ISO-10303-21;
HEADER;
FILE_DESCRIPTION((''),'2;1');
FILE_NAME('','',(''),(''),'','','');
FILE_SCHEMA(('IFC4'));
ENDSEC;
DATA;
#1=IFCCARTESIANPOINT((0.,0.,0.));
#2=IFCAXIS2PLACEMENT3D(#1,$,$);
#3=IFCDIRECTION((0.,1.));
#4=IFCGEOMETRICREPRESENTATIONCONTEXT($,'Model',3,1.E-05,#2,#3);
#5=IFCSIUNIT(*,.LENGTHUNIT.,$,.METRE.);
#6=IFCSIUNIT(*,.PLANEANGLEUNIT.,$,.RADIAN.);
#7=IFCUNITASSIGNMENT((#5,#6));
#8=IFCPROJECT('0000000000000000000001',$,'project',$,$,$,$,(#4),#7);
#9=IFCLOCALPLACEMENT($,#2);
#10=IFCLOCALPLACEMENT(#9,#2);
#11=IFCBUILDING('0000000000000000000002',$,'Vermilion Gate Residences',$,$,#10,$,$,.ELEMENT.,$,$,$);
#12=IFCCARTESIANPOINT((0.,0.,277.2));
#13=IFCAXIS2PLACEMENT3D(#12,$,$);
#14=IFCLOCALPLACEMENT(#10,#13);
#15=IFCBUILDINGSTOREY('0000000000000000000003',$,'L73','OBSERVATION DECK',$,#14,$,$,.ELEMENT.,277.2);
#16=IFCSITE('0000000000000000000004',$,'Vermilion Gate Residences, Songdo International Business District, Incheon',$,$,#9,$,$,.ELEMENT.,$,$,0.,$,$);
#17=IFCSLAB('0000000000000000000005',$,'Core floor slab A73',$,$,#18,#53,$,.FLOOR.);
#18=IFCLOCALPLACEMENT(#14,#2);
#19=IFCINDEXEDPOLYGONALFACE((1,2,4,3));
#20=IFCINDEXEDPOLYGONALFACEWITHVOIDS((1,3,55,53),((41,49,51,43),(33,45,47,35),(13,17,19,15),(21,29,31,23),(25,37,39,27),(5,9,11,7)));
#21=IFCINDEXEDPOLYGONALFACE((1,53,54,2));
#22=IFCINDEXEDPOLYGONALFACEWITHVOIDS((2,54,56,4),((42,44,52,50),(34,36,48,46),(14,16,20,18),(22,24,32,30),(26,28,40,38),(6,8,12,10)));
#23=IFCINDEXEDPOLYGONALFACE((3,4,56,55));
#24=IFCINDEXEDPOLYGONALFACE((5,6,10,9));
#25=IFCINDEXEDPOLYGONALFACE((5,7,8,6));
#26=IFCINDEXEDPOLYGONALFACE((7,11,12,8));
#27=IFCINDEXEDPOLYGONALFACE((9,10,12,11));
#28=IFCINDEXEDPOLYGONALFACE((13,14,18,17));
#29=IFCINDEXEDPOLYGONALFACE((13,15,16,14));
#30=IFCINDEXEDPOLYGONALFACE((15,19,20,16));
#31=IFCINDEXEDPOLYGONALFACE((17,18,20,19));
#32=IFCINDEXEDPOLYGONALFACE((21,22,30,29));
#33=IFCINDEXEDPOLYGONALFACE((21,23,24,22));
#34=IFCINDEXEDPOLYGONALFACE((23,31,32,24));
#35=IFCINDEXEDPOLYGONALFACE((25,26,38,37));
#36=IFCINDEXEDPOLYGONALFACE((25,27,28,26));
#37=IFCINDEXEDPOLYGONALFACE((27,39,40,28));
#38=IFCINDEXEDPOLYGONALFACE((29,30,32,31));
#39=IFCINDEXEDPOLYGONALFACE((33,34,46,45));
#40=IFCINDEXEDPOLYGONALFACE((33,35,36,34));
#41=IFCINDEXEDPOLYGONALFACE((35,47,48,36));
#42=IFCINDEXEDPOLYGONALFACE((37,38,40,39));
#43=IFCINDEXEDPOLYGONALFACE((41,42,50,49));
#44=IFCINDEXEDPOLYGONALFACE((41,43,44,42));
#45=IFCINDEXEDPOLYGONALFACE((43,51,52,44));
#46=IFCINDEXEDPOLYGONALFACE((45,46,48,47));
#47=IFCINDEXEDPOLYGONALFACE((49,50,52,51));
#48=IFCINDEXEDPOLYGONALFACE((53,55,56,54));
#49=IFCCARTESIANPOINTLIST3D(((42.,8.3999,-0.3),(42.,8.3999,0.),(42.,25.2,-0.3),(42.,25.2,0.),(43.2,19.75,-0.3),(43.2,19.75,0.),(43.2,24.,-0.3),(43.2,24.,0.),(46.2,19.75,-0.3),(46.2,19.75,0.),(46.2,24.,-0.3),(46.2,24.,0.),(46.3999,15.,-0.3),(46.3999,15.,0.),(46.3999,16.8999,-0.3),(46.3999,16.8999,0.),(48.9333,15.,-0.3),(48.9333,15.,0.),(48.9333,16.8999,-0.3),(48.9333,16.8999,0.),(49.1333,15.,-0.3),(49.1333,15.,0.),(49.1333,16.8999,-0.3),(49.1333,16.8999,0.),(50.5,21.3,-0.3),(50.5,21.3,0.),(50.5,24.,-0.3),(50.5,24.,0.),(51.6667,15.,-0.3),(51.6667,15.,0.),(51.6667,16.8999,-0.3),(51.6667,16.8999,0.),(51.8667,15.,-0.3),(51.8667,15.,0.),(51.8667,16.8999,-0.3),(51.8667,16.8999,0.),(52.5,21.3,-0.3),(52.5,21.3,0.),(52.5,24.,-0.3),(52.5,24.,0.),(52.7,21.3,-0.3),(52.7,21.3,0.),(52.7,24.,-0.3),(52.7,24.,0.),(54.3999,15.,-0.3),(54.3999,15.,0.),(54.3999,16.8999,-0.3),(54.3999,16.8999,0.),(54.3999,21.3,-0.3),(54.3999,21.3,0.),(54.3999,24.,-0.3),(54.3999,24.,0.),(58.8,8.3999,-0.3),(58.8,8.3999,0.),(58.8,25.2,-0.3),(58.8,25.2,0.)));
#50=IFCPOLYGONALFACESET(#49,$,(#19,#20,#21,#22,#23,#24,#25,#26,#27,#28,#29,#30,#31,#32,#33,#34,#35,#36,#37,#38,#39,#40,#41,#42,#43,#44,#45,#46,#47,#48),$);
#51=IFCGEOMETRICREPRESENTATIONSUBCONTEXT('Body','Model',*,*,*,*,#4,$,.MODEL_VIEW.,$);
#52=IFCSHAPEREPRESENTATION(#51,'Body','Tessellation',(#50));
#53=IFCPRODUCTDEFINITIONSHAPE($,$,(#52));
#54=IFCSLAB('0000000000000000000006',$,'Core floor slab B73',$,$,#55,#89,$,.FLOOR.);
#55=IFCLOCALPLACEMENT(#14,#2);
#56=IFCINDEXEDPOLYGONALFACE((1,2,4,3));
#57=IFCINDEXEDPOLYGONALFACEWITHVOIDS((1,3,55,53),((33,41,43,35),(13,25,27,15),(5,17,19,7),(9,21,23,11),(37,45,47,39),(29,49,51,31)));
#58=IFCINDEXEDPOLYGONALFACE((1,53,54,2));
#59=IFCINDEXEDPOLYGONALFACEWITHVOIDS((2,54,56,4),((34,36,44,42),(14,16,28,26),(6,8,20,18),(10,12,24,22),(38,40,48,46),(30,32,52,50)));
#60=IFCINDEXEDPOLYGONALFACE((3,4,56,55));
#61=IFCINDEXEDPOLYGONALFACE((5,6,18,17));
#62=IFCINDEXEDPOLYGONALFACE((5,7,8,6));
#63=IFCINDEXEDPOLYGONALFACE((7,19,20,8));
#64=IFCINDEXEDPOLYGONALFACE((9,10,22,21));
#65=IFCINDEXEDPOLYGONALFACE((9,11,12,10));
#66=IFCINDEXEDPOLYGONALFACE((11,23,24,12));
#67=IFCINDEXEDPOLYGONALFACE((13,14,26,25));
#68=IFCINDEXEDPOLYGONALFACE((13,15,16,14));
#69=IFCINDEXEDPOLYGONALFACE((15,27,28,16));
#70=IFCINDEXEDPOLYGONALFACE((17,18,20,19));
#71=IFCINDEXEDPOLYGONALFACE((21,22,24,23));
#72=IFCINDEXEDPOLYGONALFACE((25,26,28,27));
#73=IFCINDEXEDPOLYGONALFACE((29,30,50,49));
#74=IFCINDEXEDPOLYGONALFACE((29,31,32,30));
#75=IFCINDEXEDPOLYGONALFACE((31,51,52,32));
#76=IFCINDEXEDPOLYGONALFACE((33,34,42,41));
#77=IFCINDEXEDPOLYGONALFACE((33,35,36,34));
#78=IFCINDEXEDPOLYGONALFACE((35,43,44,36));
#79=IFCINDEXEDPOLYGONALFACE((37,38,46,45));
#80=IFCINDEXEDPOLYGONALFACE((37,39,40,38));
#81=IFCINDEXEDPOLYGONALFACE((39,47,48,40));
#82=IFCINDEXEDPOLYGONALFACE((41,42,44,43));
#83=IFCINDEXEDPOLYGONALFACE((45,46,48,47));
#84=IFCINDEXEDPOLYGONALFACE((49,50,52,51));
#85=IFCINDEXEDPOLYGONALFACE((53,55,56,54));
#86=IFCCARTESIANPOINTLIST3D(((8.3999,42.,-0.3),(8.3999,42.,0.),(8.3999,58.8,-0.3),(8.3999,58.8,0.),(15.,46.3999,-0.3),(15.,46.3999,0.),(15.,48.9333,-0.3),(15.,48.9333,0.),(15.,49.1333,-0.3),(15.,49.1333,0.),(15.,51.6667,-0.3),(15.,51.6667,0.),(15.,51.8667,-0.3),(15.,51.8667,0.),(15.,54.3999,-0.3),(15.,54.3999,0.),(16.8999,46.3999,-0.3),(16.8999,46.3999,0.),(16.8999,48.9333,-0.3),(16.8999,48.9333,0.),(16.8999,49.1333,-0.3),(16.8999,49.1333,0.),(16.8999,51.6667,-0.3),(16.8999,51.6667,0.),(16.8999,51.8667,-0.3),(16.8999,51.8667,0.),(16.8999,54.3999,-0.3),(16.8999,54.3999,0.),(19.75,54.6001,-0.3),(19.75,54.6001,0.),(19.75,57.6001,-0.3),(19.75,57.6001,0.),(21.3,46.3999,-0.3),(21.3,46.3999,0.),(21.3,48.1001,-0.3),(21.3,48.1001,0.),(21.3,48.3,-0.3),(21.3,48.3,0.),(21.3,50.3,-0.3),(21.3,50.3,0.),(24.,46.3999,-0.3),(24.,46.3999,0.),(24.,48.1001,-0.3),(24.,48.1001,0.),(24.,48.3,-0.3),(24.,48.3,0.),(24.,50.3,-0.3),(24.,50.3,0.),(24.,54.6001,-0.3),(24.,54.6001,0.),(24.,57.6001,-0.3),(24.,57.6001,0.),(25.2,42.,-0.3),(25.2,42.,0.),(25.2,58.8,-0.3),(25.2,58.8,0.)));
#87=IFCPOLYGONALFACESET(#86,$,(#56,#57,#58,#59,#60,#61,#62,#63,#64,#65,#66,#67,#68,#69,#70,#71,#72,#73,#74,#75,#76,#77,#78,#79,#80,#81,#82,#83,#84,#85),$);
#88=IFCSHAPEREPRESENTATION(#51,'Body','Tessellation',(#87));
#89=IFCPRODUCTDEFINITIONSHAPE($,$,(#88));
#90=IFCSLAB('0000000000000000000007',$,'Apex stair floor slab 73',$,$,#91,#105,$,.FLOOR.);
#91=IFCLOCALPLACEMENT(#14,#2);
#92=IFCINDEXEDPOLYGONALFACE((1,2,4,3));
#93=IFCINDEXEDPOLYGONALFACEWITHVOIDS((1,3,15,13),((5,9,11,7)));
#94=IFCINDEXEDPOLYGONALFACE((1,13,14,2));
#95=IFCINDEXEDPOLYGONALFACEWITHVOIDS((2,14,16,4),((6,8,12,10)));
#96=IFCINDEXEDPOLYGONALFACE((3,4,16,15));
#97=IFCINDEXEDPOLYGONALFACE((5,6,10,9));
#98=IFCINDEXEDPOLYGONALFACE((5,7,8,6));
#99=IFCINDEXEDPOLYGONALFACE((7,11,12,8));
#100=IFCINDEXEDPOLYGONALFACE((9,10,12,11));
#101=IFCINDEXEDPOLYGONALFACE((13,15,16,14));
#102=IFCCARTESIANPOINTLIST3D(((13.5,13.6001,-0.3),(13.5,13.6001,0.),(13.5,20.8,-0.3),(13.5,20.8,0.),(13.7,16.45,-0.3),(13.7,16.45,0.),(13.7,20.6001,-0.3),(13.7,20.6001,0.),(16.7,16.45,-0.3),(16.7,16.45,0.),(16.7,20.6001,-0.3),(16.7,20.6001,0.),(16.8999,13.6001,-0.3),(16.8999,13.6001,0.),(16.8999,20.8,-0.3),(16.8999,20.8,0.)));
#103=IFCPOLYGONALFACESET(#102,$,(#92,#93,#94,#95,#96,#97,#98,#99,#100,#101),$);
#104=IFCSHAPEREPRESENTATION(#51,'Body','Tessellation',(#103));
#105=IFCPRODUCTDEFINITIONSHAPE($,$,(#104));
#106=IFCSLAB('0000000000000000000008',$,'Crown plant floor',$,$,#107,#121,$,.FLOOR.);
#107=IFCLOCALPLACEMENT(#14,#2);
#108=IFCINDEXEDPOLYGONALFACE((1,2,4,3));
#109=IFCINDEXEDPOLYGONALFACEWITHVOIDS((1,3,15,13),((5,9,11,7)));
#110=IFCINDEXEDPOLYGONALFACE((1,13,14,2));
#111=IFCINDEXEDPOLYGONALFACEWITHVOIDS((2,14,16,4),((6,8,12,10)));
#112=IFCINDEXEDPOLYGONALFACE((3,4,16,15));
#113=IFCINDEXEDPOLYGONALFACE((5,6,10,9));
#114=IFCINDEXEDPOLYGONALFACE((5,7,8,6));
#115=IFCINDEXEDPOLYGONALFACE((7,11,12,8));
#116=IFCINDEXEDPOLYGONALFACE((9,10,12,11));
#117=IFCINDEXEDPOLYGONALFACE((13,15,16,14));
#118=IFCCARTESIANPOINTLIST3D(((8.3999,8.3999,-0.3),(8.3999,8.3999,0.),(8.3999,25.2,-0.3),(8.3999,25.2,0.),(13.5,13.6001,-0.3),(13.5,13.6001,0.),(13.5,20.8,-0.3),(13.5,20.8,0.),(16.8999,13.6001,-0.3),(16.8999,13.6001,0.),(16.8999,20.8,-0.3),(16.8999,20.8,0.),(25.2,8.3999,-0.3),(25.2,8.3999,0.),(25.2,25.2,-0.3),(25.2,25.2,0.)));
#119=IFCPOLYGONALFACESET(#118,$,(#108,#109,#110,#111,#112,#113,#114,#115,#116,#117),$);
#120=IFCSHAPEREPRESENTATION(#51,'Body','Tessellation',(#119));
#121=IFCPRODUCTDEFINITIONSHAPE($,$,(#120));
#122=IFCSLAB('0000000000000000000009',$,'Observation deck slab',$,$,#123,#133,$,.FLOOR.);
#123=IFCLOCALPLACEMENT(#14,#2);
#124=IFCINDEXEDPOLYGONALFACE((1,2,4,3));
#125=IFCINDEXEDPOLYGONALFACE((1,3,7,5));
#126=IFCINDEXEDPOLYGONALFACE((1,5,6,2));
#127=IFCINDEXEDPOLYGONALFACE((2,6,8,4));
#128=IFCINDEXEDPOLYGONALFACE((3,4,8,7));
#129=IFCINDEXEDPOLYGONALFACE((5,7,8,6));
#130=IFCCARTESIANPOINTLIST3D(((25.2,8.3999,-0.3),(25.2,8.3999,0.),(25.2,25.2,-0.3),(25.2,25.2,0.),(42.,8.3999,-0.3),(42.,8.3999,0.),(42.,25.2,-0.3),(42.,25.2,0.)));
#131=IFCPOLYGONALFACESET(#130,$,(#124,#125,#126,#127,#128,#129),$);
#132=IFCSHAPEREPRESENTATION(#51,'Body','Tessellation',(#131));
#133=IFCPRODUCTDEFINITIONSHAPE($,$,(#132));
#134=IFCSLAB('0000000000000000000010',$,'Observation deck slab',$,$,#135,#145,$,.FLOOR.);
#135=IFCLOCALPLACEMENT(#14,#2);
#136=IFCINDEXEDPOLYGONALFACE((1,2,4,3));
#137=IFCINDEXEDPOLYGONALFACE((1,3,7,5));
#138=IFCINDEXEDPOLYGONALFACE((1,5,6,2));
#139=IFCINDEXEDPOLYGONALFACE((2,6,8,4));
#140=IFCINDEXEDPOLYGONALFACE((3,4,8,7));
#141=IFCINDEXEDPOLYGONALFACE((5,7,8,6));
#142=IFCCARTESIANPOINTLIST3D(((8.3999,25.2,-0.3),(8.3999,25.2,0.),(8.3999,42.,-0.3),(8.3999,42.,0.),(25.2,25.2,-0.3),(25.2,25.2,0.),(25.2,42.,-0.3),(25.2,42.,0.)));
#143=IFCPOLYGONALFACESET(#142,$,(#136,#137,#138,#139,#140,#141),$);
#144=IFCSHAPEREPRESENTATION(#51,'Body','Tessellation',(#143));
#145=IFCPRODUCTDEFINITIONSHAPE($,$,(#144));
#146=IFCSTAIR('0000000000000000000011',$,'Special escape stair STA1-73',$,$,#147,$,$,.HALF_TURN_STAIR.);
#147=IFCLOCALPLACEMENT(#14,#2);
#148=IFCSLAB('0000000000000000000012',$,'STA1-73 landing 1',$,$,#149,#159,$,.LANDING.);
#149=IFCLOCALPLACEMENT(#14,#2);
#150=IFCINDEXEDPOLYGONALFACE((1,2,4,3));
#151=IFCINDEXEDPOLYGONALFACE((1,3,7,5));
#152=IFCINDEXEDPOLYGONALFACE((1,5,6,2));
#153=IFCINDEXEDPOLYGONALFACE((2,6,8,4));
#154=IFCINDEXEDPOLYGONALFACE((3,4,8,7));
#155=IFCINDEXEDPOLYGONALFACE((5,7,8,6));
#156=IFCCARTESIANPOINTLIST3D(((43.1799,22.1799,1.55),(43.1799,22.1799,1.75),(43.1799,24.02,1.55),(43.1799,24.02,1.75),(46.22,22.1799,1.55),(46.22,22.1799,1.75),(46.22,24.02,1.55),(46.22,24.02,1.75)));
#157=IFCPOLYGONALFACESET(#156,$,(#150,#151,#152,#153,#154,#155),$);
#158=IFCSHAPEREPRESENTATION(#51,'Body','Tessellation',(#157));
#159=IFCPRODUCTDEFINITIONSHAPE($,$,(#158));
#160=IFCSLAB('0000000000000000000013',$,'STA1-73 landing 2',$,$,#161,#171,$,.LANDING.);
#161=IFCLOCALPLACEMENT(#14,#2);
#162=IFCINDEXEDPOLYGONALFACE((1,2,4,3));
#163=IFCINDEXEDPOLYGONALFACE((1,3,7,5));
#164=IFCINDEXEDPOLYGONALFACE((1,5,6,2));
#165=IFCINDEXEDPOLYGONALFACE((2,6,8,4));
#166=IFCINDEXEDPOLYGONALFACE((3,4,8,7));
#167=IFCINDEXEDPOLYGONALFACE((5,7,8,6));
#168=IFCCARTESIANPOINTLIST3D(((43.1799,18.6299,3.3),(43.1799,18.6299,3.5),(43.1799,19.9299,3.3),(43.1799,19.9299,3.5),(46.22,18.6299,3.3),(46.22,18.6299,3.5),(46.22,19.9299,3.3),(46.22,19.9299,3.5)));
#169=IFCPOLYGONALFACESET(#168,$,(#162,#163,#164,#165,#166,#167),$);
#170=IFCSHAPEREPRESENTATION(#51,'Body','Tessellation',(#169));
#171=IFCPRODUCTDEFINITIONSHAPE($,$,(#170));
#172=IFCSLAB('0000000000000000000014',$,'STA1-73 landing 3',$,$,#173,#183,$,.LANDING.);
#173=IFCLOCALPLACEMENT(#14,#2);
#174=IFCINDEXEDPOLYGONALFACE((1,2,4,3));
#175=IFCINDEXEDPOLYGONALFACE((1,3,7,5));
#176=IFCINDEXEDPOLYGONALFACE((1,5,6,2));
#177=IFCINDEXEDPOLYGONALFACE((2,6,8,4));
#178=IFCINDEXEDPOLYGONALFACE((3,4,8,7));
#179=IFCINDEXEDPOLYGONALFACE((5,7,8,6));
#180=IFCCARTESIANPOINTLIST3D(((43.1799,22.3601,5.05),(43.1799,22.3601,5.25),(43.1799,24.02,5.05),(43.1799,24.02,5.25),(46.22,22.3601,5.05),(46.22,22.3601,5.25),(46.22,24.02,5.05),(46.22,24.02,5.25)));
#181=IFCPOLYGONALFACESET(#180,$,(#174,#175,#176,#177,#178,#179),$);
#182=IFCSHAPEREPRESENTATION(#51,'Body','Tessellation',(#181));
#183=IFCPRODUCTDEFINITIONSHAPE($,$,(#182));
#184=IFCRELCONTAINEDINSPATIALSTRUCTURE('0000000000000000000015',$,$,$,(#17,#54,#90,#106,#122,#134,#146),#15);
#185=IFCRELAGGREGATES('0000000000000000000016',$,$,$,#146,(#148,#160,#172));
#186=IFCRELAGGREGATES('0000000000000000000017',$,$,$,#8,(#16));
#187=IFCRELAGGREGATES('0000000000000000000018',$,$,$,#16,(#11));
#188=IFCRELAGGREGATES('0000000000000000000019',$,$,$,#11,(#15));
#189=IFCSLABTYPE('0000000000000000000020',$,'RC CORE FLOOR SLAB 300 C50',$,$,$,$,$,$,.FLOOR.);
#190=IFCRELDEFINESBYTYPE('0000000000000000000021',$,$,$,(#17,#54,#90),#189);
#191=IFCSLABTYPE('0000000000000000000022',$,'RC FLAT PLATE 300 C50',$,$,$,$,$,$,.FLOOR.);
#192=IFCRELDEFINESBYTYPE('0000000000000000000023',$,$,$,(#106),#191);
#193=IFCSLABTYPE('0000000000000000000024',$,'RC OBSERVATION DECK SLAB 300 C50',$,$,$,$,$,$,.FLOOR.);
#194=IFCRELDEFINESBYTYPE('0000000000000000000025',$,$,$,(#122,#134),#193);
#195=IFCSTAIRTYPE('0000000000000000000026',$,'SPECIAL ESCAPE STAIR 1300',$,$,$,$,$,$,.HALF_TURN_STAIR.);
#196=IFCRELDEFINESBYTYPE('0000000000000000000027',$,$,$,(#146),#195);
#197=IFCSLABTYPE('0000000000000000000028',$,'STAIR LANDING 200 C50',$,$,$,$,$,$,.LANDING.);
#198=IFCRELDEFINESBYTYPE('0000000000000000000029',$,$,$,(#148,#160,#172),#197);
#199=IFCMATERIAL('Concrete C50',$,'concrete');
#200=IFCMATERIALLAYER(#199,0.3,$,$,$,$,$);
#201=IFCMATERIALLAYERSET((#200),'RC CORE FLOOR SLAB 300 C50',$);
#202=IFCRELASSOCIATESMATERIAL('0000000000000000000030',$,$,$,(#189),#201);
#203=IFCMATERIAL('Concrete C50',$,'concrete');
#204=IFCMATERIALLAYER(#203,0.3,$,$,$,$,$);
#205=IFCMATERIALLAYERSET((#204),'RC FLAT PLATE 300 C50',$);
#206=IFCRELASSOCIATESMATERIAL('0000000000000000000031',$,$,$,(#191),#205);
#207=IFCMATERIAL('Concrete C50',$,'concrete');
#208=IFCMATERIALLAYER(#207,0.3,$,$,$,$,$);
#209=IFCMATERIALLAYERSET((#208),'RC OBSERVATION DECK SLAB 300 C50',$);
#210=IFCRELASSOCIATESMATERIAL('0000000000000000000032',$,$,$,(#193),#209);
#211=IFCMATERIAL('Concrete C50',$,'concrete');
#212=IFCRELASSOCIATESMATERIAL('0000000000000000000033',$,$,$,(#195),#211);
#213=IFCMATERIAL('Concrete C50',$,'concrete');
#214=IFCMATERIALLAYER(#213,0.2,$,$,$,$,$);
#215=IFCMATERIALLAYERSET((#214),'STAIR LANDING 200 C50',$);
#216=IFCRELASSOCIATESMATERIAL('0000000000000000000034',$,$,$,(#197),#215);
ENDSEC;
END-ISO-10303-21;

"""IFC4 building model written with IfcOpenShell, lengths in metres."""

from ifc_helpers import new_model, si_unit, direction, frame, origin, place, context, subcontext, project, spatial, polyline, outline, extrude, material, layer, layer_set, type_object, element, aggregate, save


model = new_model("IFC4")

# Units and contexts
model_context = context("Model", 3, precision=1e-05, world=origin(), true_north=direction((0.0, 1.0)))
body_context = subcontext(model_context, "Body", "Model", "MODEL_VIEW")
ifc_project = project(units=[si_unit("LENGTHUNIT", "METRE"), si_unit("PLANEANGLEUNIT", "RADIAN")], contexts=[model_context])

# Site, building, storey
site_placement = place(None, origin())
site = spatial("IfcSite", under=ifc_project, at=site_placement, Name="Vermilion Gate Residences, Songdo International Business District, Incheon", CompositionType="ELEMENT", RefElevation=0.0)
building_placement = place(site_placement, origin())
building = spatial("IfcBuilding", under=site, at=building_placement, Name="Vermilion Gate Residences", CompositionType="ELEMENT")
storey_placement = place(building_placement, frame((0.0, 0.0, 277.2)))
storey = spatial("IfcBuildingStorey", under=building, at=storey_placement, Name="L73", Description="OBSERVATION DECK", CompositionType="ELEMENT", Elevation=277.2)

# Slabs
ifc_material_1 = material(Name="Concrete C50", Category="concrete")
ifc_layer_1 = layer(ifc_material_1, 0.3)
ifc_layer_set_1 = layer_set([ifc_layer_1], Name="RC CORE FLOOR SLAB 300 C50")
slab_type_1 = type_object("IfcSlabType", Name="RC CORE FLOOR SLAB 300 C50", PredefinedType="FLOOR", material=ifc_layer_set_1)
slab_1_placement = place(storey_placement, frame((0.0, 0.0, -0.3)))
element("IfcSlab", 1, at=slab_1_placement, inside=storey, type_object=slab_type_1, Name="Core floor slab A73", PredefinedType="FLOOR", context=body_context, shape_type="SweptSolid", body=[
    extrude(outline(polyline([(42.0, 8.3999), (58.8, 8.3999), (58.8, 25.2), (42.0, 25.2), (42.0, 8.3999)]), holes=[polyline([(46.3999, 15.0), (46.3999, 16.8999), (48.9333, 16.8999), (48.9333, 15.0), (46.3999, 15.0)]), polyline([(49.1333, 16.8999), (51.6667, 16.8999), (51.6667, 15.0), (49.1333, 15.0), (49.1333, 16.8999)]), polyline([(51.8667, 16.8999), (54.3999, 16.8999), (54.3999, 15.0), (51.8667, 15.0), (51.8667, 16.8999)]), polyline([(43.2, 19.75), (43.2, 24.0), (46.2, 24.0), (46.2, 19.75), (43.2, 19.75)]), polyline([(50.5, 24.0), (52.5, 24.0), (52.5, 21.3), (50.5, 21.3), (50.5, 24.0)]), polyline([(52.7, 24.0), (54.3999, 24.0), (54.3999, 21.3), (52.7, 21.3), (52.7, 24.0)])]), origin(), (0.0, 0.0, 1.0), 0.3),
])
slab_2_placement = place(storey_placement, frame((0.0, 0.0, -0.3)))
element("IfcSlab", 2, at=slab_2_placement, inside=storey, type_object=slab_type_1, Name="Core floor slab B73", PredefinedType="FLOOR", context=body_context, shape_type="SweptSolid", body=[
    extrude(outline(polyline([(8.3999, 42.0), (25.2, 42.0), (25.2, 58.8), (8.3999, 58.8), (8.3999, 42.0)]), holes=[polyline([(21.3, 46.3999), (21.3, 48.1001), (24.0, 48.1001), (24.0, 46.3999), (21.3, 46.3999)]), polyline([(15.0, 48.9333), (16.8999, 48.9333), (16.8999, 46.3999), (15.0, 46.3999), (15.0, 48.9333)]), polyline([(21.3, 50.3), (24.0, 50.3), (24.0, 48.3), (21.3, 48.3), (21.3, 50.3)]), polyline([(15.0, 49.1333), (15.0, 51.6667), (16.8999, 51.6667), (16.8999, 49.1333), (15.0, 49.1333)]), polyline([(15.0, 54.3999), (16.8999, 54.3999), (16.8999, 51.8667), (15.0, 51.8667), (15.0, 54.3999)]), polyline([(19.75, 57.6001), (24.0, 57.6001), (24.0, 54.6001), (19.75, 54.6001), (19.75, 57.6001)])]), origin(), (0.0, 0.0, 1.0), 0.3),
])
slab_3_placement = place(storey_placement, frame((0.0, 0.0, -0.3)))
element("IfcSlab", 3, at=slab_3_placement, inside=storey, type_object=slab_type_1, Name="Apex stair floor slab 73", PredefinedType="FLOOR", context=body_context, shape_type="SweptSolid", body=[
    extrude(outline(polyline([(13.5, 13.6001), (16.8999, 13.6001), (16.8999, 20.8), (13.5, 20.8), (13.5, 13.6001)]), holes=[polyline([(16.7, 20.6001), (16.7, 16.45), (13.7, 16.45), (13.7, 20.6001), (16.7, 20.6001)])]), origin(), (0.0, 0.0, 1.0), 0.3),
])
ifc_material_2 = material(Name="Concrete C50", Category="concrete")
ifc_layer_2 = layer(ifc_material_2, 0.3)
ifc_layer_set_2 = layer_set([ifc_layer_2], Name="RC FLAT PLATE 300 C50")
slab_type_2 = type_object("IfcSlabType", Name="RC FLAT PLATE 300 C50", PredefinedType="FLOOR", material=ifc_layer_set_2)
slab_4_placement = place(storey_placement, frame((0.0, 0.0, -0.3)))
element("IfcSlab", 4, at=slab_4_placement, inside=storey, type_object=slab_type_2, Name="Crown plant floor", PredefinedType="FLOOR", context=body_context, shape_type="SweptSolid", body=[
    extrude(outline(polyline([(8.3999, 8.3999), (25.2, 8.3999), (25.2, 25.2), (8.3999, 25.2), (8.3999, 8.3999)]), holes=[polyline([(13.5, 13.6001), (13.5, 20.8), (16.8999, 20.8), (16.8999, 13.6001), (13.5, 13.6001)])]), origin(), (0.0, 0.0, 1.0), 0.3),
])
ifc_material_3 = material(Name="Concrete C50", Category="concrete")
ifc_layer_3 = layer(ifc_material_3, 0.3)
ifc_layer_set_3 = layer_set([ifc_layer_3], Name="RC OBSERVATION DECK SLAB 300 C50")
slab_type_3 = type_object("IfcSlabType", Name="RC OBSERVATION DECK SLAB 300 C50", PredefinedType="FLOOR", material=ifc_layer_set_3)
slab_5_placement = place(storey_placement, frame((0.0, 0.0, -0.3)))
element("IfcSlab", 5, at=slab_5_placement, inside=storey, type_object=slab_type_3, Name="Observation deck slab", PredefinedType="FLOOR", context=body_context, shape_type="SweptSolid", body=[
    extrude(outline(polyline([(42.0, 25.2), (25.2, 25.2), (25.2, 8.3999), (42.0, 8.3999), (42.0, 25.2)])), origin(), (0.0, 0.0, 1.0), 0.3),
])
slab_6_placement = place(storey_placement, frame((0.0, 0.0, -0.3)))
element("IfcSlab", 6, at=slab_6_placement, inside=storey, type_object=slab_type_3, Name="Observation deck slab", PredefinedType="FLOOR", context=body_context, shape_type="SweptSolid", body=[
    extrude(outline(polyline([(25.2, 42.0), (8.3999, 42.0), (8.3999, 25.2), (25.2, 25.2), (25.2, 42.0)])), origin(), (0.0, 0.0, 1.0), 0.3),
])

# Stair, slabs
ifc_material_4 = material(Name="Concrete C50", Category="concrete")
stair_type = type_object("IfcStairType", Name="SPECIAL ESCAPE STAIR 1300", PredefinedType="HALF_TURN_STAIR", material=ifc_material_4)
stair_1_placement = place(storey_placement, origin())
stair_1 = element("IfcStair", 7, at=stair_1_placement, inside=storey, type_object=stair_type, Name="Special escape stair STA1-73", PredefinedType="HALF_TURN_STAIR")
ifc_material_5 = material(Name="Concrete C50", Category="concrete")
ifc_layer_4 = layer(ifc_material_5, 0.2)
ifc_layer_set_4 = layer_set([ifc_layer_4], Name="STAIR LANDING 200 C50")
slab_type_4 = type_object("IfcSlabType", Name="STAIR LANDING 200 C50", PredefinedType="LANDING", material=ifc_layer_set_4)
slab_7_placement = place(storey_placement, frame((0.0, 0.0, 1.55)))
slab_7 = element("IfcSlab", 8, at=slab_7_placement, type_object=slab_type_4, Name="STA1-73 landing 1", PredefinedType="LANDING", context=body_context, shape_type="SweptSolid", body=[
    extrude(outline(polyline([(46.22, 22.1799), (46.22, 24.02), (43.1799, 24.02), (43.1799, 22.1799), (46.22, 22.1799)])), origin(), (0.0, 0.0, 1.0), 0.2),
])
slab_8_placement = place(storey_placement, frame((0.0, 0.0, 3.3)))
slab_8 = element("IfcSlab", 9, at=slab_8_placement, type_object=slab_type_4, Name="STA1-73 landing 2", PredefinedType="LANDING", context=body_context, shape_type="SweptSolid", body=[
    extrude(outline(polyline([(46.22, 18.6299), (46.22, 19.9299), (43.1799, 19.9299), (43.1799, 18.6299), (46.22, 18.6299)])), origin(), (0.0, 0.0, 1.0), 0.2),
])
slab_9_placement = place(storey_placement, frame((0.0, 0.0, 5.05)))
slab_9 = element("IfcSlab", 10, at=slab_9_placement, type_object=slab_type_4, Name="STA1-73 landing 3", PredefinedType="LANDING", context=body_context, shape_type="SweptSolid", body=[
    extrude(outline(polyline([(46.22, 22.3601), (46.22, 24.02), (43.1799, 24.02), (43.1799, 22.3601), (46.22, 22.3601)])), origin(), (0.0, 0.0, 1.0), 0.2),
])
aggregate(stair_1, [slab_7, slab_8, slab_9])

save(model, "model.ifc")
